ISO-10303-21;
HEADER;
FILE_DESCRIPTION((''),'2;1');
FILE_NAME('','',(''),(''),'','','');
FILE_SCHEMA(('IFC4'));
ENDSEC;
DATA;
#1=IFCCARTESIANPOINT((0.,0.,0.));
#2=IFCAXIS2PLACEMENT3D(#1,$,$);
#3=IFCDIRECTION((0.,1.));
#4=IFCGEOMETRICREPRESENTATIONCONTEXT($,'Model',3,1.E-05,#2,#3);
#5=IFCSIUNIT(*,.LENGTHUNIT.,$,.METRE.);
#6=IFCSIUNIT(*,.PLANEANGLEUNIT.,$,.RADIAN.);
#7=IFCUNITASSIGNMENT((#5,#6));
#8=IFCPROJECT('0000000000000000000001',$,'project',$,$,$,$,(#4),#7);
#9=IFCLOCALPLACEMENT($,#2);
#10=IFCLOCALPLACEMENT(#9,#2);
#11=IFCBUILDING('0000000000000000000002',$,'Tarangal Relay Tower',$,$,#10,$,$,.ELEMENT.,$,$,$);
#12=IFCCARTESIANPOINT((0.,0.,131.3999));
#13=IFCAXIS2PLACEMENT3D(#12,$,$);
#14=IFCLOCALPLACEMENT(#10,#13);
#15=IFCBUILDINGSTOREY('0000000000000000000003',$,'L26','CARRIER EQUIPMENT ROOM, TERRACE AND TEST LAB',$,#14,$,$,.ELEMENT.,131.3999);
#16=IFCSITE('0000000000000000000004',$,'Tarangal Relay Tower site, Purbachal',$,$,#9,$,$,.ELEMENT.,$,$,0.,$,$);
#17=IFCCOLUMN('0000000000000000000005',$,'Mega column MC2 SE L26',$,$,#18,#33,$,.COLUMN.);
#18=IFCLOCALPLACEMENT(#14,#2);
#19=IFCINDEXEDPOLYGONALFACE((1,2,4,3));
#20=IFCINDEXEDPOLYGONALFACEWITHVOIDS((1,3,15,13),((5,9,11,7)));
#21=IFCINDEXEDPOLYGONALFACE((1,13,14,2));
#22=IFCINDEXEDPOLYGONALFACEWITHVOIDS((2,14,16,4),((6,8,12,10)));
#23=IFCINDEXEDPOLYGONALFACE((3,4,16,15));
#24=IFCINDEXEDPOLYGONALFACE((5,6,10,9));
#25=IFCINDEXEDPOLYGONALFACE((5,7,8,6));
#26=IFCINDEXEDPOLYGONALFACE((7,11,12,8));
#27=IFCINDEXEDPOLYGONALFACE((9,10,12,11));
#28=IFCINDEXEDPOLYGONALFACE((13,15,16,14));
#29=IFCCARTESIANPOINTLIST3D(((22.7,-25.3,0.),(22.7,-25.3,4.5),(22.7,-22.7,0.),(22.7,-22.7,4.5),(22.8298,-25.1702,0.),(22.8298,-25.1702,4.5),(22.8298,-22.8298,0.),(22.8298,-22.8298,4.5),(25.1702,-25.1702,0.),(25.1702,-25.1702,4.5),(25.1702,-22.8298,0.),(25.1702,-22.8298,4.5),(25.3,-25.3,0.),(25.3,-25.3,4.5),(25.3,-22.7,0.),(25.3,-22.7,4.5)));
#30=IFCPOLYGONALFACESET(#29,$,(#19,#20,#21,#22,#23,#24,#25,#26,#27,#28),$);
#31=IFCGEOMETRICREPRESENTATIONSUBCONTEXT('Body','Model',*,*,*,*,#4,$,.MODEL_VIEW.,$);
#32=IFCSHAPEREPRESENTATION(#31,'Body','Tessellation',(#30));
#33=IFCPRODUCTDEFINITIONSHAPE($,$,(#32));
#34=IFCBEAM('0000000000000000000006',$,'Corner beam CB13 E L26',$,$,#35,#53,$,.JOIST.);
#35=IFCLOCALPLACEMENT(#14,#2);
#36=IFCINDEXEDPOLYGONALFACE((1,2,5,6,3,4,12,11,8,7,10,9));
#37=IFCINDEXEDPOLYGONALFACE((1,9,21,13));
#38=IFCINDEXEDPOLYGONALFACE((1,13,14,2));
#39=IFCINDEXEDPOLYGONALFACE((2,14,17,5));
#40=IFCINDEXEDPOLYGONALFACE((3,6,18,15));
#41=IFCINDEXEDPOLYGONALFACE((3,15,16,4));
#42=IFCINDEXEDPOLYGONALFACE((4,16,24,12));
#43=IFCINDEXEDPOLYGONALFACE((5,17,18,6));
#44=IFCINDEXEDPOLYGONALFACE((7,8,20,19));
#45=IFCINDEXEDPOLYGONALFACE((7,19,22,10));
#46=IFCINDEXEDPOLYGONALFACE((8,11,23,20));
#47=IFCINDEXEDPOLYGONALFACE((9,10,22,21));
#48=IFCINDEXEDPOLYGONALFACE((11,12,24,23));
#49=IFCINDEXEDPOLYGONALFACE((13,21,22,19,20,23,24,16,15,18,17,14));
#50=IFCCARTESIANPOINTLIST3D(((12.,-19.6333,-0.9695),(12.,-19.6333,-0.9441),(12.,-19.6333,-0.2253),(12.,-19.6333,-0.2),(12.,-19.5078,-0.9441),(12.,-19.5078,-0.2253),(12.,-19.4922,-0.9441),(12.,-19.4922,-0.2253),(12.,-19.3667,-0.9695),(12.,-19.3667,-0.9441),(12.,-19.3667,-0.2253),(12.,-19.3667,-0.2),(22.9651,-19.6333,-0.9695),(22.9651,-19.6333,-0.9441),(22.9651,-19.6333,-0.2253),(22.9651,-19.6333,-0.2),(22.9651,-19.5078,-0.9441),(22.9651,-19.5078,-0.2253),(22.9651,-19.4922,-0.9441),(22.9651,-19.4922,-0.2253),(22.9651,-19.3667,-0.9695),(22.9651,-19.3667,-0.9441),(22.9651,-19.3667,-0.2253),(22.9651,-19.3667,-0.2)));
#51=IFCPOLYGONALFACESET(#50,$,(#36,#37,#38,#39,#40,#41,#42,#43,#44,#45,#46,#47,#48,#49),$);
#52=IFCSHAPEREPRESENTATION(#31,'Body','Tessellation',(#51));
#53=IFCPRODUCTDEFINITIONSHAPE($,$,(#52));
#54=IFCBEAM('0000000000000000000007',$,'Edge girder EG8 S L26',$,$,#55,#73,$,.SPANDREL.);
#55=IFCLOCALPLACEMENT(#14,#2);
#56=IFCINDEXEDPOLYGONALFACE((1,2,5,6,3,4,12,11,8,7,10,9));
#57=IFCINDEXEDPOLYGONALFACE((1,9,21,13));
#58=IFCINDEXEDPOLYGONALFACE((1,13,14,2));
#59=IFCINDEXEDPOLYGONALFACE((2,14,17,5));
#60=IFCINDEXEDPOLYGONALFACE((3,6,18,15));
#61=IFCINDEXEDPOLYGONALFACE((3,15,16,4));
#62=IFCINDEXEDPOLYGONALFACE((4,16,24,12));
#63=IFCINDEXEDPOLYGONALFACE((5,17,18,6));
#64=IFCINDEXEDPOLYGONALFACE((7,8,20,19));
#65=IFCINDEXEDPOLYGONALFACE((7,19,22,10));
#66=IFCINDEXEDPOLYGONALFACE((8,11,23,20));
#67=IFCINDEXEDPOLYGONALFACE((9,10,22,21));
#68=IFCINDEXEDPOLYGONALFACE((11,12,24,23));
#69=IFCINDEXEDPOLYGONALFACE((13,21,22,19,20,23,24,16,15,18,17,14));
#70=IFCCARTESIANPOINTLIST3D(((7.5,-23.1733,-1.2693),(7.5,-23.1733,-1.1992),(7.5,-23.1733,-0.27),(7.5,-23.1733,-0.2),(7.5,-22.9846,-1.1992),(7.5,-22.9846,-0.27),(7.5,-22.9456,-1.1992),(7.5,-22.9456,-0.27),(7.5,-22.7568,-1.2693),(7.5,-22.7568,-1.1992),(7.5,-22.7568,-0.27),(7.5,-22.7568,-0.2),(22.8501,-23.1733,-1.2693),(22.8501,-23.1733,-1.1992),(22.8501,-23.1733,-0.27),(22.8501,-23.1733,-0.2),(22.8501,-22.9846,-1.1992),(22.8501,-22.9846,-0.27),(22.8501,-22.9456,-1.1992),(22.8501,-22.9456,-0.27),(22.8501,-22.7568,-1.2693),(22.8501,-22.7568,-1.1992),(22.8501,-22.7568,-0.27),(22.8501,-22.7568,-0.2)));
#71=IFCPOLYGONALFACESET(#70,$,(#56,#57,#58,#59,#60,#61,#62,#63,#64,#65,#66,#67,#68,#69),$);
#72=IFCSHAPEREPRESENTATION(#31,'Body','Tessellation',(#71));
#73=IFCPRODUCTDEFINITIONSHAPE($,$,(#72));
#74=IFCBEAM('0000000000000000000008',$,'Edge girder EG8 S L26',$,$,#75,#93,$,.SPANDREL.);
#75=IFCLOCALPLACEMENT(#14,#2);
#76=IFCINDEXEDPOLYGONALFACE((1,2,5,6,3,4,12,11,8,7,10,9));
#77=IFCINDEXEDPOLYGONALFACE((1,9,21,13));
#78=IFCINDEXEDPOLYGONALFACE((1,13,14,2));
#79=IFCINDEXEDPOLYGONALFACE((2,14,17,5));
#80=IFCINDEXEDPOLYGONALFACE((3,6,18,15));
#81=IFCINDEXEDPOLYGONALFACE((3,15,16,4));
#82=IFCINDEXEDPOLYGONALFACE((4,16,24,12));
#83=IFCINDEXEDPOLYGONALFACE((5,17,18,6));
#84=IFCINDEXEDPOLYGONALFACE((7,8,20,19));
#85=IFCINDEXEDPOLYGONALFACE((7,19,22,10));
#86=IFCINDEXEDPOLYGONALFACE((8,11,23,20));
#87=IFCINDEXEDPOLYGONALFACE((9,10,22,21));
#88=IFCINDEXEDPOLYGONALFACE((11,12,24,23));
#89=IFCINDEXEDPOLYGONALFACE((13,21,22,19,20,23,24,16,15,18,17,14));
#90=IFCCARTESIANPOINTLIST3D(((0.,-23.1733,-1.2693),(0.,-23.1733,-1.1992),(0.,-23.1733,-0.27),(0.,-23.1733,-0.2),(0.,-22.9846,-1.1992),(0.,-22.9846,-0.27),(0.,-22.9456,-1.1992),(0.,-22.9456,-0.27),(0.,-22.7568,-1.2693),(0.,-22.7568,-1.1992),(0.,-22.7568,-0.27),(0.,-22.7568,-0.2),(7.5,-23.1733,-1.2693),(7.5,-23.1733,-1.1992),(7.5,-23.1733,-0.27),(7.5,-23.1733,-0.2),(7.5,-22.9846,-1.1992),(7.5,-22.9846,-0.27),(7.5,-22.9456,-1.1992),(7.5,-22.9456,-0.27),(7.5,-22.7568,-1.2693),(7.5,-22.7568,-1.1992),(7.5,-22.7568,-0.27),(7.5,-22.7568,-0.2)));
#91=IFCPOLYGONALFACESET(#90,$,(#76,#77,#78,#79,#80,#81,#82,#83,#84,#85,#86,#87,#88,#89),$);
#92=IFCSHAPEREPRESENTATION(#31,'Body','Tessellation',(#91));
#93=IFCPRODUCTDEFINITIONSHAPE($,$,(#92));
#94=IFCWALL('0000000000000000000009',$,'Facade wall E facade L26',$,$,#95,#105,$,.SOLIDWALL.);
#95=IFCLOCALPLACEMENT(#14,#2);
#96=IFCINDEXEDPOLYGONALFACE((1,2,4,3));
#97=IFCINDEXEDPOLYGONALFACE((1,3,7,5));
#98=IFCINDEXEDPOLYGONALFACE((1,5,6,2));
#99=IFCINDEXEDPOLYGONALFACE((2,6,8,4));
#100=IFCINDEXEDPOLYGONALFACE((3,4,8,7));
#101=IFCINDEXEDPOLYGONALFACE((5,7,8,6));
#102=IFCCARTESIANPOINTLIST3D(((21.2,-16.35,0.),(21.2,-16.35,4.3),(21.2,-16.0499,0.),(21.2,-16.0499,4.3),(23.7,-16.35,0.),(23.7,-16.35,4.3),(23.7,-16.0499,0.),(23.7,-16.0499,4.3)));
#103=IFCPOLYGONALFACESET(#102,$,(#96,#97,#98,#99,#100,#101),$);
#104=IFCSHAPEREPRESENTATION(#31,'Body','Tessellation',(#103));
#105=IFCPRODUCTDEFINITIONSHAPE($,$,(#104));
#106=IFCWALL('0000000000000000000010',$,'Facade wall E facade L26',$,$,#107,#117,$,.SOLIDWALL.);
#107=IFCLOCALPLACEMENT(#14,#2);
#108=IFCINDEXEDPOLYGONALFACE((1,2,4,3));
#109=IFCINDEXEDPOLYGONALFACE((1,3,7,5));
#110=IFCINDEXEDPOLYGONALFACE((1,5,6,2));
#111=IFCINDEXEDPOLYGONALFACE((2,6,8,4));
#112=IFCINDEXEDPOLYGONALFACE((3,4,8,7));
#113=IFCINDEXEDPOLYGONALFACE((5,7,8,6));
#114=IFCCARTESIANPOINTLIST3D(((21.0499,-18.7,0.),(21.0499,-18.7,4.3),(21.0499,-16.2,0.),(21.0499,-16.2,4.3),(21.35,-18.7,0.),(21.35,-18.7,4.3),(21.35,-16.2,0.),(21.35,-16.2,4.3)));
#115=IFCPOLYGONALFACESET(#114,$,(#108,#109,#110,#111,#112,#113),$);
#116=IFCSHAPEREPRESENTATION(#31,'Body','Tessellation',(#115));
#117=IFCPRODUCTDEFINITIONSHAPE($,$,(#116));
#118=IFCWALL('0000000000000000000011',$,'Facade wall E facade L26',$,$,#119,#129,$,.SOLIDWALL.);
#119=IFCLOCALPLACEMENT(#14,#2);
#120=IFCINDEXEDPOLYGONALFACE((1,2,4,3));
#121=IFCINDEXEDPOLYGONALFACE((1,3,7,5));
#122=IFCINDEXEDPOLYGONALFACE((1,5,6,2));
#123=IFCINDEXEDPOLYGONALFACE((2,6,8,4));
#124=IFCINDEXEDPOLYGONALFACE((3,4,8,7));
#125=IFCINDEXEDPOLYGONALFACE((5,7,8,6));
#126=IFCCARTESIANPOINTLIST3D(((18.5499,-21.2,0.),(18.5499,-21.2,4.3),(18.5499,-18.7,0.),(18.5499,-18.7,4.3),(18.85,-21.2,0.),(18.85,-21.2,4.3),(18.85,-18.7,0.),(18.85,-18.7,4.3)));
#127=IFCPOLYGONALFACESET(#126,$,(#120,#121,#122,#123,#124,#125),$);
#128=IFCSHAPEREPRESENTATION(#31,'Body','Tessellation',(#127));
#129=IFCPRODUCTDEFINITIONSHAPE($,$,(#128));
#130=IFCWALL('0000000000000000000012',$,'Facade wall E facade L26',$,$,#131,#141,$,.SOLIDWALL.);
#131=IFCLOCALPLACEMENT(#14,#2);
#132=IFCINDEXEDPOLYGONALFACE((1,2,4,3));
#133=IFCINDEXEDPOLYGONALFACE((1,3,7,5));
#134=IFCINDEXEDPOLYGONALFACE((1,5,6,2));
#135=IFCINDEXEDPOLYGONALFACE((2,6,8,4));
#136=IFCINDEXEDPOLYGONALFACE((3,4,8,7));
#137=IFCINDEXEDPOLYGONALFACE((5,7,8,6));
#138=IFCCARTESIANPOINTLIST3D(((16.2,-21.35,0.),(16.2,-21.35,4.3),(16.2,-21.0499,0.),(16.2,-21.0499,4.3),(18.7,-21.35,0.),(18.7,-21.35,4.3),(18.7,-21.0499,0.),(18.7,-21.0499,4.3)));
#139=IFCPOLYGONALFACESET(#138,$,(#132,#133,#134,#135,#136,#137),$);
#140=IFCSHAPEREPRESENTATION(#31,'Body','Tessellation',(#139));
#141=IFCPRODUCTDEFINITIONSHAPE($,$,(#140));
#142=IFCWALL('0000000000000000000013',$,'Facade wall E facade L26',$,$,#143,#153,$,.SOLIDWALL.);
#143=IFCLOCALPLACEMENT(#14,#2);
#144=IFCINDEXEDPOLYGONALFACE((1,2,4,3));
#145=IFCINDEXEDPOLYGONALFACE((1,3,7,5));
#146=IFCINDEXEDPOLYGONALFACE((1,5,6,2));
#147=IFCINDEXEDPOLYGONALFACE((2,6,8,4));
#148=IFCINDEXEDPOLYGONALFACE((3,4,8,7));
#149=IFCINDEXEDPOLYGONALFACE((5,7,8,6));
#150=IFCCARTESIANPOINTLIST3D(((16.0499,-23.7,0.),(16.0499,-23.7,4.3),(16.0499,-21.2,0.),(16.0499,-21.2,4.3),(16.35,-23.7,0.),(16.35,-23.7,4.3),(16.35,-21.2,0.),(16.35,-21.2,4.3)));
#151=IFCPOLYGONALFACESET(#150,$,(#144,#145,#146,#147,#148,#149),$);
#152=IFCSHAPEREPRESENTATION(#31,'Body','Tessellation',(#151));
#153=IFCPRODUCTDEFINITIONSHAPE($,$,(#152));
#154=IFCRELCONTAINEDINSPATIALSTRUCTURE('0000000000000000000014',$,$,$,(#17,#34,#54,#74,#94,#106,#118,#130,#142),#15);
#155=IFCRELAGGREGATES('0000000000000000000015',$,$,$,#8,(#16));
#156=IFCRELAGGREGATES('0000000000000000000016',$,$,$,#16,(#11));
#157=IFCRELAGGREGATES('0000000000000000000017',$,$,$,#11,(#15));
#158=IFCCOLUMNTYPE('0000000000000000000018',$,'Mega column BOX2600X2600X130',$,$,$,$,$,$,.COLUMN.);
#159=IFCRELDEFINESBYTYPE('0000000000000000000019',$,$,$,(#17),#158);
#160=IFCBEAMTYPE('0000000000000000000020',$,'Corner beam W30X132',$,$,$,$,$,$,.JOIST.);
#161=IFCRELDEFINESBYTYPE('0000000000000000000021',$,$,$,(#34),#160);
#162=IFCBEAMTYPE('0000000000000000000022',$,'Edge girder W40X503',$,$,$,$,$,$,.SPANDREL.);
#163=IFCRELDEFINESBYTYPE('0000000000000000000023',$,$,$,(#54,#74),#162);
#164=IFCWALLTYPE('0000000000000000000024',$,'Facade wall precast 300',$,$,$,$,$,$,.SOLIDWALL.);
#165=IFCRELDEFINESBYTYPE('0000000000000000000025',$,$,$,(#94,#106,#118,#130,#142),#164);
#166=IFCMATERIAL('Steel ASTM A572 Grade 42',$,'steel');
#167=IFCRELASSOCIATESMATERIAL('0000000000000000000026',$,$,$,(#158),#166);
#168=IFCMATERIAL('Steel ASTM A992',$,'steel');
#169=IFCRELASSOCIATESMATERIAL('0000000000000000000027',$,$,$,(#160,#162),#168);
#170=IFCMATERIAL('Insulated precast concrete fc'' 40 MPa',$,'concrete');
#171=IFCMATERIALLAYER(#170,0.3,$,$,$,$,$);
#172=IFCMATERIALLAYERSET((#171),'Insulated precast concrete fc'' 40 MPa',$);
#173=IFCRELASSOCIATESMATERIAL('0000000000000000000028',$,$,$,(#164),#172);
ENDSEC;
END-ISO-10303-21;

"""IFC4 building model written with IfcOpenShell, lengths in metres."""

from ifc_helpers import new_model, si_unit, direction, frame, frame_2d, origin, origin_2d, place, context, subcontext, project, spatial, rectangle, hollow_rectangle, i_section, extrude, material, layer, layer_set, material_profile, profile_set, type_object, element, save


model = new_model("IFC4")

# Units and contexts
model_context = context("Model", 3, precision=1e-05, world=origin(), true_north=direction((0.0, 1.0)))
body_context = subcontext(model_context, "Body", "Model", "MODEL_VIEW")
ifc_project = project(units=[si_unit("LENGTHUNIT", "METRE"), si_unit("PLANEANGLEUNIT", "RADIAN")], contexts=[model_context])

# Site, building, storey
site_placement = place(None, origin())
site = spatial("IfcSite", under=ifc_project, at=site_placement, Name="Tarangal Relay Tower site, Purbachal", CompositionType="ELEMENT", RefElevation=0.0)
building_placement = place(site_placement, origin())
building = spatial("IfcBuilding", under=site, at=building_placement, Name="Tarangal Relay Tower", CompositionType="ELEMENT")
storey_placement = place(building_placement, frame((0.0, 0.0, 131.3999)))
storey = spatial("IfcBuildingStorey", under=building, at=storey_placement, Name="L26", Description="CARRIER EQUIPMENT ROOM, TERRACE AND TEST LAB", CompositionType="ELEMENT", Elevation=131.3999)

# Column
ifc_material_1 = material(Name="Steel ASTM A572 Grade 42", Category="steel")
ifc_material_profile_1 = material_profile(ifc_material_1, hollow_rectangle(XDim=2.6001, YDim=2.6001, WallThickness=0.1299, at=origin_2d()), Name="BOX2600X2600X130")
ifc_profile_set_1 = profile_set([ifc_material_profile_1], Name="Steel ASTM A572 Grade 42")
column_type = type_object("IfcColumnType", Name="Mega column BOX2600X2600X130", PredefinedType="COLUMN", material=ifc_profile_set_1)
column_placement = place(storey_placement, frame((24.0, -24.0, 0.0), z_axis=(0.0, 0.0, 1.0), x_axis=(1.0, 0.0, 0.0)))
element("IfcColumn", 1, at=column_placement, inside=storey, type_object=column_type, Name="Mega column MC2 SE L26", PredefinedType="COLUMN", context=body_context, shape_type="SweptSolid", body=[
    extrude(hollow_rectangle(XDim=2.6001, YDim=2.6001, WallThickness=0.1299, at=origin_2d()), origin(), (0.0, 0.0, 1.0), 4.5),
])

# Beams
ifc_material_2 = material(Name="Steel ASTM A992", Category="steel")
ifc_material_profile_2 = material_profile(ifc_material_2, i_section(OverallWidth=0.2666, OverallDepth=0.7695, WebThickness=0.0156, FlangeThickness=0.0254, at=origin_2d()), Name="W30X132")
ifc_profile_set_2 = profile_set([ifc_material_profile_2], Name="Steel ASTM A992")
beam_type_1 = type_object("IfcBeamType", Name="Corner beam W30X132", PredefinedType="JOIST", material=ifc_profile_set_2)
beam_1_placement = place(storey_placement, frame((12.0, -19.5, -0.5847), z_axis=(1.0, 0.0, 0.0), x_axis=(0.0, 1.0, 0.0)))
element("IfcBeam", 2, at=beam_1_placement, inside=storey, type_object=beam_type_1, Name="Corner beam CB13 E L26", PredefinedType="JOIST", context=body_context, shape_type="SweptSolid", body=[
    extrude(i_section(OverallWidth=0.2666, OverallDepth=0.7695, WebThickness=0.0156, FlangeThickness=0.0254, at=origin_2d()), origin(), (0.0, 0.0, 1.0), 10.9651),
])
ifc_material_profile_3 = material_profile(ifc_material_2, i_section(OverallWidth=0.4165, OverallDepth=1.0693, WebThickness=0.0391, FlangeThickness=0.0701, at=origin_2d()), Name="W40X503")
ifc_profile_set_3 = profile_set([ifc_material_profile_3], Name="Steel ASTM A992")
beam_type_2 = type_object("IfcBeamType", Name="Edge girder W40X503", PredefinedType="SPANDREL", material=ifc_profile_set_3)
beam_2_placement = place(storey_placement, frame((22.8501, -22.9651, -0.7346), z_axis=(-1.0, 0.0, 0.0), x_axis=(0.0, -1.0, 0.0)))
element("IfcBeam", 3, at=beam_2_placement, inside=storey, type_object=beam_type_2, Name="Edge girder EG8 S L26", PredefinedType="SPANDREL", context=body_context, shape_type="SweptSolid", body=[
    extrude(i_section(OverallWidth=0.4165, OverallDepth=1.0693, WebThickness=0.0391, FlangeThickness=0.0701, at=origin_2d()), origin(), (0.0, 0.0, 1.0), 15.3501),
])
beam_3_placement = place(storey_placement, frame((7.5, -22.9651, -0.7346), z_axis=(-1.0, 0.0, 0.0), x_axis=(0.0, -1.0, 0.0)))
element("IfcBeam", 4, at=beam_3_placement, inside=storey, type_object=beam_type_2, Name="Edge girder EG8 S L26", PredefinedType="SPANDREL", context=body_context, shape_type="SweptSolid", body=[
    extrude(i_section(OverallWidth=0.4165, OverallDepth=1.0693, WebThickness=0.0391, FlangeThickness=0.0701, at=origin_2d()), origin(), (0.0, 0.0, 1.0), 7.5),
])

# Walls
ifc_material_3 = material(Name="Insulated precast concrete fc' 40 MPa", Category="concrete")
ifc_layer_1 = layer(ifc_material_3, 0.3)
ifc_layer_set_1 = layer_set([ifc_layer_1], Name="Insulated precast concrete fc' 40 MPa")
wall_type_1 = type_object("IfcWallType", Name="Facade wall precast 300", PredefinedType="SOLIDWALL", material=ifc_layer_set_1)
for number, where, z_axis, x_axis, name in (
    (5, (23.7, -16.2, 0.0), (0.0, 0.0, 1.0), (-1.0, 0.0, 0.0), "Facade wall E facade L26"),
    (6, (21.2, -16.2, 0.0), (0.0, 0.0, 1.0), (0.0, -1.0, 0.0), "Facade wall E facade L26"),
):
    element("IfcWall", number, at=place(storey_placement, frame(where, z_axis=z_axis, x_axis=x_axis)), inside=storey, type_object=wall_type_1, Name=name, PredefinedType="SOLIDWALL", context=body_context, shape_type="SweptSolid", body=[
        extrude(rectangle(XDim=2.5, YDim=0.3, at=frame_2d((1.25, 0.0))), origin(), (0.0, 0.0, 1.0), 4.3),
    ])

# Walls
for number, where, z_axis, x_axis, name in (
    (7, (18.7, -18.7, 0.0), (0.0, 0.0, 1.0), (0.0, -1.0, 0.0), "Facade wall E facade L26"),
    (8, (18.7, -21.2, 0.0), (0.0, 0.0, 1.0), (-1.0, 0.0, 0.0), "Facade wall E facade L26"),
    (9, (16.2, -21.2, 0.0), (0.0, 0.0, 1.0), (0.0, -1.0, 0.0), "Facade wall E facade L26"),
):
    element("IfcWall", number, at=place(storey_placement, frame(where, z_axis=z_axis, x_axis=x_axis)), inside=storey, type_object=wall_type_1, Name=name, PredefinedType="SOLIDWALL", context=body_context, shape_type="SweptSolid", body=[
        extrude(rectangle(XDim=2.5, YDim=0.3, at=frame_2d((1.25, 0.0))), origin(), (0.0, 0.0, 1.0), 4.3),
    ])

save(model, "model.ifc")
